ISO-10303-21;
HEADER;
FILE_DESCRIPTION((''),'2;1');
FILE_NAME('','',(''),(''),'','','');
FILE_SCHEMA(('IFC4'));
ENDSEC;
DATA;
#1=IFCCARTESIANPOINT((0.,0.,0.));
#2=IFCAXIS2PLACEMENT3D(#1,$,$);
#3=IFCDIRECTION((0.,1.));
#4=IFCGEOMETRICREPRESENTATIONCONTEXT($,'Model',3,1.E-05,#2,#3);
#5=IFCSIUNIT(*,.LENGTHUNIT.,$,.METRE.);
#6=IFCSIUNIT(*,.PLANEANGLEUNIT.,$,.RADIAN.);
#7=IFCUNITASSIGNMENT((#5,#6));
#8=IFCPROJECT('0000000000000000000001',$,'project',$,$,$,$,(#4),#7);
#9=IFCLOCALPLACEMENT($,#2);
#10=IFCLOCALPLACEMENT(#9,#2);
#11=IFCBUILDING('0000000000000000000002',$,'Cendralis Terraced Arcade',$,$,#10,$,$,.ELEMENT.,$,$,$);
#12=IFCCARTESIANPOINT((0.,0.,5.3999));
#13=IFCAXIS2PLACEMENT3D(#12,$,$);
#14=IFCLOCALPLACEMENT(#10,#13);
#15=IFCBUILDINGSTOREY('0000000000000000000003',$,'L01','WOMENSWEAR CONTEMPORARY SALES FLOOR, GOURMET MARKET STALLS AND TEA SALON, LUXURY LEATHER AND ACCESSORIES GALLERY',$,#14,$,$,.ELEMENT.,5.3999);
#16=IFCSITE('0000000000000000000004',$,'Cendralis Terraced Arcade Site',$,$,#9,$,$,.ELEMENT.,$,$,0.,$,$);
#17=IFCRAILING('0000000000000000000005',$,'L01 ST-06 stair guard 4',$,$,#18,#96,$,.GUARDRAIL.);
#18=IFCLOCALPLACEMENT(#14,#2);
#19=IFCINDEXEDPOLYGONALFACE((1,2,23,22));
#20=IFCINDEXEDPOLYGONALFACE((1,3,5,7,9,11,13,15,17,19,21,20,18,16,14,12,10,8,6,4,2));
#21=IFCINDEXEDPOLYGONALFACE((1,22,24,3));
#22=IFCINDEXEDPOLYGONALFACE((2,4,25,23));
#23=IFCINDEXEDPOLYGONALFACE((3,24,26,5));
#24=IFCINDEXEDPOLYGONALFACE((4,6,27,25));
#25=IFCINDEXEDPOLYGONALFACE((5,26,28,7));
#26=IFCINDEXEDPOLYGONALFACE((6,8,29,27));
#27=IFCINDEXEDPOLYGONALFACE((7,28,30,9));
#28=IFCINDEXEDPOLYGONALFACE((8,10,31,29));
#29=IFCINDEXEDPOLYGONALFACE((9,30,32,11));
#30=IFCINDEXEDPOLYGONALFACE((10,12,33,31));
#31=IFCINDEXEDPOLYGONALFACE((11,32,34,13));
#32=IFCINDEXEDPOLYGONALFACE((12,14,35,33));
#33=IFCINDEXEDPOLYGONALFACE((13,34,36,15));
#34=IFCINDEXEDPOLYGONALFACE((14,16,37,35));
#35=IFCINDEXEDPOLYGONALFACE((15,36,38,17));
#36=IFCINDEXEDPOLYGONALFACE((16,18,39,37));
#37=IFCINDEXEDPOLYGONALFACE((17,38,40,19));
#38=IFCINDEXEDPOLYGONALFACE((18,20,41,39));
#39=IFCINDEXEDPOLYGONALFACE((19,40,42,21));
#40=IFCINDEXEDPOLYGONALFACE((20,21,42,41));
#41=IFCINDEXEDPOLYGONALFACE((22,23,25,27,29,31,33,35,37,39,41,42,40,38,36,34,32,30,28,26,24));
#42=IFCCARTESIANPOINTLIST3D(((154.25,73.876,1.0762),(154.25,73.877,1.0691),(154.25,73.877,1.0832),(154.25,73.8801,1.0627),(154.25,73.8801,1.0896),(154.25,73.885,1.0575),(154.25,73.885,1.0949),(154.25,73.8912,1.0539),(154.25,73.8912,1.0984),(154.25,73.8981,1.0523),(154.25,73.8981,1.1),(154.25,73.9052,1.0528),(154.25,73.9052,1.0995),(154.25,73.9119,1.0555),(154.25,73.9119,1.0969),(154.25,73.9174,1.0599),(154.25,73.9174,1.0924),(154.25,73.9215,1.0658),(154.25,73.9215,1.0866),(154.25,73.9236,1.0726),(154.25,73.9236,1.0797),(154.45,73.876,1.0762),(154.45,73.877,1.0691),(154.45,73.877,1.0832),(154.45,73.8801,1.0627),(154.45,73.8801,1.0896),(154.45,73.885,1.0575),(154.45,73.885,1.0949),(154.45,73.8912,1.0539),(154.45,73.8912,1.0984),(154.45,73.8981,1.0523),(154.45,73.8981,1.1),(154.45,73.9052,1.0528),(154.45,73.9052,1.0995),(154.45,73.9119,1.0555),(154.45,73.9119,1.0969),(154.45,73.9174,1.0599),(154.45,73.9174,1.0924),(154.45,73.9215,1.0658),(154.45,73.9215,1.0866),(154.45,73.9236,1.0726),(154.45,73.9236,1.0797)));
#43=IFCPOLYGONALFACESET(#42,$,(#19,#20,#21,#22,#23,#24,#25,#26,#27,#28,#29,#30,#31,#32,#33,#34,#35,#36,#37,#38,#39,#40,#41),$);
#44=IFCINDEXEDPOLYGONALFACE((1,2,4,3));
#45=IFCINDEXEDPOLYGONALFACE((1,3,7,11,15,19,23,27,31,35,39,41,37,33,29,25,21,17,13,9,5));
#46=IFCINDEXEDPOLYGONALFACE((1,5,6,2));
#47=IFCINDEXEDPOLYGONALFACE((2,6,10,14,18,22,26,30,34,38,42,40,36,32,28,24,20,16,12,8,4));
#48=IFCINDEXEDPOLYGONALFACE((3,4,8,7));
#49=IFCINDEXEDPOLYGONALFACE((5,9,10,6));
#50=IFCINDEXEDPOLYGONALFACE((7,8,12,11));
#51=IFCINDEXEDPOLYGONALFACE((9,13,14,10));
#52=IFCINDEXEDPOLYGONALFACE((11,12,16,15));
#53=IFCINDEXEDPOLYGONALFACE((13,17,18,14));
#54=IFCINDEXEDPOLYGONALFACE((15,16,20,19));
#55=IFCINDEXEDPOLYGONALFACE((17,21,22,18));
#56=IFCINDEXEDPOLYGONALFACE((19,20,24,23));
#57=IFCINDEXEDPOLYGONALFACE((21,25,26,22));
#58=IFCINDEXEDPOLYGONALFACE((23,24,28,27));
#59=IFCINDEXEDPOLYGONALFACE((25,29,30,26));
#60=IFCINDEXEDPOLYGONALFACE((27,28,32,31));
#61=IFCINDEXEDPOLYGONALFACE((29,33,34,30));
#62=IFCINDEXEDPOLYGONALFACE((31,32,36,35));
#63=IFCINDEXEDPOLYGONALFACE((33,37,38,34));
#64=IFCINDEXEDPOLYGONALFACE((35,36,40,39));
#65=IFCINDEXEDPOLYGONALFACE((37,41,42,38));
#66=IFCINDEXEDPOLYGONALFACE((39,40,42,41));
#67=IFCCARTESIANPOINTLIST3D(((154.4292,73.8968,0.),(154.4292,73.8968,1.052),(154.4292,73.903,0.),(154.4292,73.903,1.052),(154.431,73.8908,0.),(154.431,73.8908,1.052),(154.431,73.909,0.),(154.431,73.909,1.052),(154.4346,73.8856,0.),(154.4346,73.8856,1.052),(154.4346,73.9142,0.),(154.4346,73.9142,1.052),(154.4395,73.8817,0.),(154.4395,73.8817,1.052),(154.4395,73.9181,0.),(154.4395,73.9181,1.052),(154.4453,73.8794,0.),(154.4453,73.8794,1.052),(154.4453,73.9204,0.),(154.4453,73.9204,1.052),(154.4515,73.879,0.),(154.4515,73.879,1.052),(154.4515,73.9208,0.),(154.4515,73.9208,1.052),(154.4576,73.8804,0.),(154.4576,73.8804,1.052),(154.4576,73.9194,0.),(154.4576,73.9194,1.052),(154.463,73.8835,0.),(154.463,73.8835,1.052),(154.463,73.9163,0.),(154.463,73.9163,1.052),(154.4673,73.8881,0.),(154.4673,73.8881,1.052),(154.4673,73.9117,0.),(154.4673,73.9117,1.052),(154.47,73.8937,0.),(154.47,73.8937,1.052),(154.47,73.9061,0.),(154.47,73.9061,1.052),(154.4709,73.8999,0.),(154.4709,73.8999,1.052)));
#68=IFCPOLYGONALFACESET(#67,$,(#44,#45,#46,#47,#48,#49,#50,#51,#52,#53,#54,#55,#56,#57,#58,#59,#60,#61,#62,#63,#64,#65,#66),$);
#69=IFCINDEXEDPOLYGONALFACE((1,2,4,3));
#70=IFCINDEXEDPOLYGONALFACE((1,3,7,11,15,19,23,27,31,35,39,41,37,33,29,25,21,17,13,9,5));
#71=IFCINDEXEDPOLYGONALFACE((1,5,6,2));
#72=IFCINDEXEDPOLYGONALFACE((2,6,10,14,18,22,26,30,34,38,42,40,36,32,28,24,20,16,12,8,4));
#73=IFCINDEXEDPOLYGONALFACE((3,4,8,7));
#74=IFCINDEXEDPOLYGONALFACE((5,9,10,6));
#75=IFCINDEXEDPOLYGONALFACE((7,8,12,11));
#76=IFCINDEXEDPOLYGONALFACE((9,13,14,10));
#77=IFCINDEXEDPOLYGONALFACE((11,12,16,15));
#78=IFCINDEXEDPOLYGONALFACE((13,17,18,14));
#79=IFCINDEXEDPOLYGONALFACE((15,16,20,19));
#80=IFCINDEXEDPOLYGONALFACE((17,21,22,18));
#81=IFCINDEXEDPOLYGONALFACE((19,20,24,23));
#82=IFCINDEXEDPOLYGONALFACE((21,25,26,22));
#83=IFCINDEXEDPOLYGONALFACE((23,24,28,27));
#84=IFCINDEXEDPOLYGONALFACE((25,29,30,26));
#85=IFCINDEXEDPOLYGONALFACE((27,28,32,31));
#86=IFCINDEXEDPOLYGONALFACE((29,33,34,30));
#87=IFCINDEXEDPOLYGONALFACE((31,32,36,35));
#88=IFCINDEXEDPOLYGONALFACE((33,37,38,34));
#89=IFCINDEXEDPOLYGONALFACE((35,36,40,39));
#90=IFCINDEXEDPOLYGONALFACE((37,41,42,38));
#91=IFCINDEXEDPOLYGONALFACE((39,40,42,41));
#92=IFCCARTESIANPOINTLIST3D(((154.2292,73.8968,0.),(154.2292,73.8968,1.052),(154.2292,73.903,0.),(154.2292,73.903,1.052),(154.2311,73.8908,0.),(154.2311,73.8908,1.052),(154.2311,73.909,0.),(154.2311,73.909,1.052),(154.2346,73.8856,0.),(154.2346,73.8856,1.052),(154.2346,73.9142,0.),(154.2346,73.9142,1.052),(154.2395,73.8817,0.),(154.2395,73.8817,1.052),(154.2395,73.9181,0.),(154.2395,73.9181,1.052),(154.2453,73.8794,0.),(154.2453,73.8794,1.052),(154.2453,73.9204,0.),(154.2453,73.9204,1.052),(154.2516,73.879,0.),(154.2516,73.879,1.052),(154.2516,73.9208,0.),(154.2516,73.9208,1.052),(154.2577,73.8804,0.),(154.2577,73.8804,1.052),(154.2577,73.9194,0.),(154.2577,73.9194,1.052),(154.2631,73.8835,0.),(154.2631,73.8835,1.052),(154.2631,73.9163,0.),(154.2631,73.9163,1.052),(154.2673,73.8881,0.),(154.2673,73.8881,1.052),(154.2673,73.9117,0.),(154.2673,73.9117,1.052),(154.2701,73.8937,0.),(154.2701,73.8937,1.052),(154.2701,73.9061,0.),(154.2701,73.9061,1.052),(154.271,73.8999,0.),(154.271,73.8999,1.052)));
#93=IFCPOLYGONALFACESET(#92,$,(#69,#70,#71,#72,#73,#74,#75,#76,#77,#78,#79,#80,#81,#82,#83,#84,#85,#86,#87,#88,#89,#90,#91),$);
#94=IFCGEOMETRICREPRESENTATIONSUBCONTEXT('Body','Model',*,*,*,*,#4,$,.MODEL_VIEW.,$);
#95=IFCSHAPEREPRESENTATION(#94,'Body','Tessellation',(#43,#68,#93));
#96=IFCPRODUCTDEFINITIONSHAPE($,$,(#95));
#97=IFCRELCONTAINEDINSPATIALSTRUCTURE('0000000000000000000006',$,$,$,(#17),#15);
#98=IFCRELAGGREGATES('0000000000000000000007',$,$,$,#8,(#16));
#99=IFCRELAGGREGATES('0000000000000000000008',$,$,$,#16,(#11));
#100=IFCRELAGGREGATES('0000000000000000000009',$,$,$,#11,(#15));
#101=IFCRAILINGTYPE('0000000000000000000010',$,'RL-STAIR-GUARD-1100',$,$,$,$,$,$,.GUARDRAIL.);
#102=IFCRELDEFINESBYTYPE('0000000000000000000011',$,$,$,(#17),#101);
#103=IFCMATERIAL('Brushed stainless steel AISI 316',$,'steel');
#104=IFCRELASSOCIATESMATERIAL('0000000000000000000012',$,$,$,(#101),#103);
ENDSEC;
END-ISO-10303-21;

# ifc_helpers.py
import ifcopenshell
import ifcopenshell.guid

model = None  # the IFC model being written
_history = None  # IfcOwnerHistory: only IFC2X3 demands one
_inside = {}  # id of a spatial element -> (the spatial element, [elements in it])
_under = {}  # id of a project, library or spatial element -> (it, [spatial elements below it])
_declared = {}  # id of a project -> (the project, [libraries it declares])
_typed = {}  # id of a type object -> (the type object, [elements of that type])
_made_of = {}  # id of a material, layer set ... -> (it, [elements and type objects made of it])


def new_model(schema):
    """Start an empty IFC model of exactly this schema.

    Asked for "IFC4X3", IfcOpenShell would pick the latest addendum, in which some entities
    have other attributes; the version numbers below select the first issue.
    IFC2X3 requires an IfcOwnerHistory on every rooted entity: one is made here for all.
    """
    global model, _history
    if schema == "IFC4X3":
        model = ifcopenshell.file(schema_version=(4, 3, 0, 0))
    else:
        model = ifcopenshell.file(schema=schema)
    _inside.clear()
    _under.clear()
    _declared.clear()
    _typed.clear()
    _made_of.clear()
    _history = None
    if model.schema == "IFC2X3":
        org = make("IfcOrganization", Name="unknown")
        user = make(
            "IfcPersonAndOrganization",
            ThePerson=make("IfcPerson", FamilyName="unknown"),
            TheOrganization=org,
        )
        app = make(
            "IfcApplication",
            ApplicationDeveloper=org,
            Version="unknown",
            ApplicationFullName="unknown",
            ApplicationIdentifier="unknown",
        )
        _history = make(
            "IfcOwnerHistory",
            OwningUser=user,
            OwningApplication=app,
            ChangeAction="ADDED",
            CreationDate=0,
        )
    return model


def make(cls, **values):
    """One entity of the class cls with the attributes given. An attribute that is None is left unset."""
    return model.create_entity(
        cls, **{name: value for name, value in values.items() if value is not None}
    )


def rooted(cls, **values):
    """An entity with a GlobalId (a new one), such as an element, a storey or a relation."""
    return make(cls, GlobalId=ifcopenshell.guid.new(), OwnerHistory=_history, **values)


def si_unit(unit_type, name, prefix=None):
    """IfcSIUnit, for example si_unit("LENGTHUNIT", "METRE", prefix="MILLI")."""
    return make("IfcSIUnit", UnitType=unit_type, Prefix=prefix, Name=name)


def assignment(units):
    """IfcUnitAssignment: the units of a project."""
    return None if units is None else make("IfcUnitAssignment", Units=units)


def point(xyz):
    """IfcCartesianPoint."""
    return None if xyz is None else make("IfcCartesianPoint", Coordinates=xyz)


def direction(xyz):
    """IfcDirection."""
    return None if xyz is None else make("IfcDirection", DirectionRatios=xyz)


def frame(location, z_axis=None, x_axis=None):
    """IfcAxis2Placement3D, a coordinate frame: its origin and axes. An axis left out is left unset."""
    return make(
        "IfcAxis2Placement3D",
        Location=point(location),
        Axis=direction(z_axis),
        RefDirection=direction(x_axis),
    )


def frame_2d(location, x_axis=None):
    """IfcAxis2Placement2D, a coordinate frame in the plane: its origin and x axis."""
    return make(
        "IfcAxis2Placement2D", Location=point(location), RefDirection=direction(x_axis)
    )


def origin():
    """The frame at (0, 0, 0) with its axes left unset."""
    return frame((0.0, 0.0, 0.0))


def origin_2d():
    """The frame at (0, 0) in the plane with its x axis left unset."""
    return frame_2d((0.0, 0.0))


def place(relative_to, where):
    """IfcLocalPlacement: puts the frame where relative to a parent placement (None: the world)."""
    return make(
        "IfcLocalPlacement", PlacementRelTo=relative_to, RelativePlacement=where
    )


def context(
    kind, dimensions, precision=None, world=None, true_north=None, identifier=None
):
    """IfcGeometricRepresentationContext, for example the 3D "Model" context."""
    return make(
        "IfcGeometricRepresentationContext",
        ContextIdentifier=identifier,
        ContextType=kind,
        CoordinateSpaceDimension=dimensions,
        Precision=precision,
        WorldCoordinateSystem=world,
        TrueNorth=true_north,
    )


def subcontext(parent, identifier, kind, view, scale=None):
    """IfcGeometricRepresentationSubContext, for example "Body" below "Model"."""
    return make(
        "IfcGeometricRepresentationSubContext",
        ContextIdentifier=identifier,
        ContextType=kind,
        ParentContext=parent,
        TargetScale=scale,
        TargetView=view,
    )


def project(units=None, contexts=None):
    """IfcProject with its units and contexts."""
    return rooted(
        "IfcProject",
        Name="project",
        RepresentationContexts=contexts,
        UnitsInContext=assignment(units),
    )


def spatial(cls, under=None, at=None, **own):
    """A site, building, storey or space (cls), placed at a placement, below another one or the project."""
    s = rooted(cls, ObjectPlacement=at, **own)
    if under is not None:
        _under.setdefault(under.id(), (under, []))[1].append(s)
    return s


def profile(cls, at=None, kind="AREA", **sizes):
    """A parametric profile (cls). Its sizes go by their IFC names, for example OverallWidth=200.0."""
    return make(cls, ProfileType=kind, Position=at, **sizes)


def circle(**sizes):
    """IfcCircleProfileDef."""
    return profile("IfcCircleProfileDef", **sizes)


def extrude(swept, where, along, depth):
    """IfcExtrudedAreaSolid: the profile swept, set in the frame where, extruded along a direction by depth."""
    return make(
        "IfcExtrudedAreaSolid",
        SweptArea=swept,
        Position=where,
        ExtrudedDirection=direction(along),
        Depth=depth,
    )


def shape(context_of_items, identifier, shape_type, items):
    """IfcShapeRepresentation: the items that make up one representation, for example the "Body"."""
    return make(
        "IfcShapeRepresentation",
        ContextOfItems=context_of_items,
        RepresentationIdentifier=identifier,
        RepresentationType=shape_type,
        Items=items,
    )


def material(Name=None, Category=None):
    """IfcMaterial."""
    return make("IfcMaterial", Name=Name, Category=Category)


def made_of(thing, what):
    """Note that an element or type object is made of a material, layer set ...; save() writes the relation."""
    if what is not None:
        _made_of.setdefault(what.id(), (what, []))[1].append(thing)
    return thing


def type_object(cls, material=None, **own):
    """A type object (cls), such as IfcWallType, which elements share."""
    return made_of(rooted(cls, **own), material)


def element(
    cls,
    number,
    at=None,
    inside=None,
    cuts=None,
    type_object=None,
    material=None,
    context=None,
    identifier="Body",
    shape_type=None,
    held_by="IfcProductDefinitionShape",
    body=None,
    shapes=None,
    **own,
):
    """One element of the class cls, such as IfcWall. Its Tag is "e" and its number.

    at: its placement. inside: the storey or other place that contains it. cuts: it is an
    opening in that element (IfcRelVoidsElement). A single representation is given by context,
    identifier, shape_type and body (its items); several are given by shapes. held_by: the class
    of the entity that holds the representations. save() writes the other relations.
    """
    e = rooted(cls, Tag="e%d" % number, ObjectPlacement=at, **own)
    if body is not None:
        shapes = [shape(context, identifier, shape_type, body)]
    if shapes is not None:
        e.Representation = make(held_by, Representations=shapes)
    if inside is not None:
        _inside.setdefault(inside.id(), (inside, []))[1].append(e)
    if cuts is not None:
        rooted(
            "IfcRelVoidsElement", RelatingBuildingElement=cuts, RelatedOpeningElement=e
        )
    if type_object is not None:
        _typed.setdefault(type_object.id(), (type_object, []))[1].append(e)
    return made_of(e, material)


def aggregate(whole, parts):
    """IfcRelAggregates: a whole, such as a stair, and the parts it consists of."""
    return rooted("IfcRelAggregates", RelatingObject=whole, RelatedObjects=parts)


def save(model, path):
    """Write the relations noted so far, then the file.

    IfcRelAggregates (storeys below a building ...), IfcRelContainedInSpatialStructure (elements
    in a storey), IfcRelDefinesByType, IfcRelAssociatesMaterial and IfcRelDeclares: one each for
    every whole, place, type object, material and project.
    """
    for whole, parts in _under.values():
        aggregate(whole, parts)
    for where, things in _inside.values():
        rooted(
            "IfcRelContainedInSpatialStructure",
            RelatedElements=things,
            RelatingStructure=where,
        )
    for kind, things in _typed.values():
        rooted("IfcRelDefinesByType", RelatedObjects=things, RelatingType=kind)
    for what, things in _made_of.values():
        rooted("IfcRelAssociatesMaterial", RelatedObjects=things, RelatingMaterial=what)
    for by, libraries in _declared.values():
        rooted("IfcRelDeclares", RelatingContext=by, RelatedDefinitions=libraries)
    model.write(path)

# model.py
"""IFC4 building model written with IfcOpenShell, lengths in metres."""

from ifc_helpers import new_model, si_unit, direction, frame, origin, origin_2d, place, context, subcontext, project, spatial, circle, extrude, material, type_object, element, save


model = new_model("IFC4")

# Units and contexts
model_context = context("Model", 3, precision=1e-05, world=origin(), true_north=direction((0.0, 1.0)))
body_context = subcontext(model_context, "Body", "Model", "MODEL_VIEW")
ifc_project = project(units=[si_unit("LENGTHUNIT", "METRE"), si_unit("PLANEANGLEUNIT", "RADIAN")], contexts=[model_context])

# Site, building, storey
site_placement = place(None, origin())
site = spatial("IfcSite", under=ifc_project, at=site_placement, Name="Cendralis Terraced Arcade Site", CompositionType="ELEMENT", RefElevation=0.0)
building_placement = place(site_placement, origin())
building = spatial("IfcBuilding", under=site, at=building_placement, Name="Cendralis Terraced Arcade", CompositionType="ELEMENT")
storey_placement = place(building_placement, frame((0.0, 0.0, 5.3999)))
storey = spatial("IfcBuildingStorey", under=building, at=storey_placement, Name="L01", Description="WOMENSWEAR CONTEMPORARY SALES FLOOR, GOURMET MARKET STALLS AND TEA SALON, LUXURY LEATHER AND ACCESSORIES GALLERY", CompositionType="ELEMENT", Elevation=5.3999)

# Railing
ifc_material_1 = material(Name="Brushed stainless steel AISI 316", Category="steel")
railing_type_1 = type_object("IfcRailingType", Name="RL-STAIR-GUARD-1100", PredefinedType="GUARDRAIL", material=ifc_material_1)
railing_1_placement = place(storey_placement, frame((154.45, 73.8999, 0.0)))
element("IfcRailing", 1, at=railing_1_placement, inside=storey, type_object=railing_type_1, Name="L01 ST-06 stair guard 4", PredefinedType="GUARDRAIL", context=body_context, shape_type="SweptSolid", body=[
    extrude(circle(Radius=0.0239, at=origin_2d()), frame((0.0, 0.0, 1.0762), z_axis=(-1.0, 0.0, 0.0), x_axis=(0.0, -1.0, 0.0)), (0.0, 0.0, 1.0), 0.2),
    extrude(circle(Radius=0.021, at=origin_2d()), origin(), (0.0, 0.0, 1.0), 1.052),
    extrude(circle(Radius=0.021, at=origin_2d()), frame((-0.2, 0.0, 0.0)), (0.0, 0.0, 1.0), 1.052),
])

save(model, "model.ifc")
